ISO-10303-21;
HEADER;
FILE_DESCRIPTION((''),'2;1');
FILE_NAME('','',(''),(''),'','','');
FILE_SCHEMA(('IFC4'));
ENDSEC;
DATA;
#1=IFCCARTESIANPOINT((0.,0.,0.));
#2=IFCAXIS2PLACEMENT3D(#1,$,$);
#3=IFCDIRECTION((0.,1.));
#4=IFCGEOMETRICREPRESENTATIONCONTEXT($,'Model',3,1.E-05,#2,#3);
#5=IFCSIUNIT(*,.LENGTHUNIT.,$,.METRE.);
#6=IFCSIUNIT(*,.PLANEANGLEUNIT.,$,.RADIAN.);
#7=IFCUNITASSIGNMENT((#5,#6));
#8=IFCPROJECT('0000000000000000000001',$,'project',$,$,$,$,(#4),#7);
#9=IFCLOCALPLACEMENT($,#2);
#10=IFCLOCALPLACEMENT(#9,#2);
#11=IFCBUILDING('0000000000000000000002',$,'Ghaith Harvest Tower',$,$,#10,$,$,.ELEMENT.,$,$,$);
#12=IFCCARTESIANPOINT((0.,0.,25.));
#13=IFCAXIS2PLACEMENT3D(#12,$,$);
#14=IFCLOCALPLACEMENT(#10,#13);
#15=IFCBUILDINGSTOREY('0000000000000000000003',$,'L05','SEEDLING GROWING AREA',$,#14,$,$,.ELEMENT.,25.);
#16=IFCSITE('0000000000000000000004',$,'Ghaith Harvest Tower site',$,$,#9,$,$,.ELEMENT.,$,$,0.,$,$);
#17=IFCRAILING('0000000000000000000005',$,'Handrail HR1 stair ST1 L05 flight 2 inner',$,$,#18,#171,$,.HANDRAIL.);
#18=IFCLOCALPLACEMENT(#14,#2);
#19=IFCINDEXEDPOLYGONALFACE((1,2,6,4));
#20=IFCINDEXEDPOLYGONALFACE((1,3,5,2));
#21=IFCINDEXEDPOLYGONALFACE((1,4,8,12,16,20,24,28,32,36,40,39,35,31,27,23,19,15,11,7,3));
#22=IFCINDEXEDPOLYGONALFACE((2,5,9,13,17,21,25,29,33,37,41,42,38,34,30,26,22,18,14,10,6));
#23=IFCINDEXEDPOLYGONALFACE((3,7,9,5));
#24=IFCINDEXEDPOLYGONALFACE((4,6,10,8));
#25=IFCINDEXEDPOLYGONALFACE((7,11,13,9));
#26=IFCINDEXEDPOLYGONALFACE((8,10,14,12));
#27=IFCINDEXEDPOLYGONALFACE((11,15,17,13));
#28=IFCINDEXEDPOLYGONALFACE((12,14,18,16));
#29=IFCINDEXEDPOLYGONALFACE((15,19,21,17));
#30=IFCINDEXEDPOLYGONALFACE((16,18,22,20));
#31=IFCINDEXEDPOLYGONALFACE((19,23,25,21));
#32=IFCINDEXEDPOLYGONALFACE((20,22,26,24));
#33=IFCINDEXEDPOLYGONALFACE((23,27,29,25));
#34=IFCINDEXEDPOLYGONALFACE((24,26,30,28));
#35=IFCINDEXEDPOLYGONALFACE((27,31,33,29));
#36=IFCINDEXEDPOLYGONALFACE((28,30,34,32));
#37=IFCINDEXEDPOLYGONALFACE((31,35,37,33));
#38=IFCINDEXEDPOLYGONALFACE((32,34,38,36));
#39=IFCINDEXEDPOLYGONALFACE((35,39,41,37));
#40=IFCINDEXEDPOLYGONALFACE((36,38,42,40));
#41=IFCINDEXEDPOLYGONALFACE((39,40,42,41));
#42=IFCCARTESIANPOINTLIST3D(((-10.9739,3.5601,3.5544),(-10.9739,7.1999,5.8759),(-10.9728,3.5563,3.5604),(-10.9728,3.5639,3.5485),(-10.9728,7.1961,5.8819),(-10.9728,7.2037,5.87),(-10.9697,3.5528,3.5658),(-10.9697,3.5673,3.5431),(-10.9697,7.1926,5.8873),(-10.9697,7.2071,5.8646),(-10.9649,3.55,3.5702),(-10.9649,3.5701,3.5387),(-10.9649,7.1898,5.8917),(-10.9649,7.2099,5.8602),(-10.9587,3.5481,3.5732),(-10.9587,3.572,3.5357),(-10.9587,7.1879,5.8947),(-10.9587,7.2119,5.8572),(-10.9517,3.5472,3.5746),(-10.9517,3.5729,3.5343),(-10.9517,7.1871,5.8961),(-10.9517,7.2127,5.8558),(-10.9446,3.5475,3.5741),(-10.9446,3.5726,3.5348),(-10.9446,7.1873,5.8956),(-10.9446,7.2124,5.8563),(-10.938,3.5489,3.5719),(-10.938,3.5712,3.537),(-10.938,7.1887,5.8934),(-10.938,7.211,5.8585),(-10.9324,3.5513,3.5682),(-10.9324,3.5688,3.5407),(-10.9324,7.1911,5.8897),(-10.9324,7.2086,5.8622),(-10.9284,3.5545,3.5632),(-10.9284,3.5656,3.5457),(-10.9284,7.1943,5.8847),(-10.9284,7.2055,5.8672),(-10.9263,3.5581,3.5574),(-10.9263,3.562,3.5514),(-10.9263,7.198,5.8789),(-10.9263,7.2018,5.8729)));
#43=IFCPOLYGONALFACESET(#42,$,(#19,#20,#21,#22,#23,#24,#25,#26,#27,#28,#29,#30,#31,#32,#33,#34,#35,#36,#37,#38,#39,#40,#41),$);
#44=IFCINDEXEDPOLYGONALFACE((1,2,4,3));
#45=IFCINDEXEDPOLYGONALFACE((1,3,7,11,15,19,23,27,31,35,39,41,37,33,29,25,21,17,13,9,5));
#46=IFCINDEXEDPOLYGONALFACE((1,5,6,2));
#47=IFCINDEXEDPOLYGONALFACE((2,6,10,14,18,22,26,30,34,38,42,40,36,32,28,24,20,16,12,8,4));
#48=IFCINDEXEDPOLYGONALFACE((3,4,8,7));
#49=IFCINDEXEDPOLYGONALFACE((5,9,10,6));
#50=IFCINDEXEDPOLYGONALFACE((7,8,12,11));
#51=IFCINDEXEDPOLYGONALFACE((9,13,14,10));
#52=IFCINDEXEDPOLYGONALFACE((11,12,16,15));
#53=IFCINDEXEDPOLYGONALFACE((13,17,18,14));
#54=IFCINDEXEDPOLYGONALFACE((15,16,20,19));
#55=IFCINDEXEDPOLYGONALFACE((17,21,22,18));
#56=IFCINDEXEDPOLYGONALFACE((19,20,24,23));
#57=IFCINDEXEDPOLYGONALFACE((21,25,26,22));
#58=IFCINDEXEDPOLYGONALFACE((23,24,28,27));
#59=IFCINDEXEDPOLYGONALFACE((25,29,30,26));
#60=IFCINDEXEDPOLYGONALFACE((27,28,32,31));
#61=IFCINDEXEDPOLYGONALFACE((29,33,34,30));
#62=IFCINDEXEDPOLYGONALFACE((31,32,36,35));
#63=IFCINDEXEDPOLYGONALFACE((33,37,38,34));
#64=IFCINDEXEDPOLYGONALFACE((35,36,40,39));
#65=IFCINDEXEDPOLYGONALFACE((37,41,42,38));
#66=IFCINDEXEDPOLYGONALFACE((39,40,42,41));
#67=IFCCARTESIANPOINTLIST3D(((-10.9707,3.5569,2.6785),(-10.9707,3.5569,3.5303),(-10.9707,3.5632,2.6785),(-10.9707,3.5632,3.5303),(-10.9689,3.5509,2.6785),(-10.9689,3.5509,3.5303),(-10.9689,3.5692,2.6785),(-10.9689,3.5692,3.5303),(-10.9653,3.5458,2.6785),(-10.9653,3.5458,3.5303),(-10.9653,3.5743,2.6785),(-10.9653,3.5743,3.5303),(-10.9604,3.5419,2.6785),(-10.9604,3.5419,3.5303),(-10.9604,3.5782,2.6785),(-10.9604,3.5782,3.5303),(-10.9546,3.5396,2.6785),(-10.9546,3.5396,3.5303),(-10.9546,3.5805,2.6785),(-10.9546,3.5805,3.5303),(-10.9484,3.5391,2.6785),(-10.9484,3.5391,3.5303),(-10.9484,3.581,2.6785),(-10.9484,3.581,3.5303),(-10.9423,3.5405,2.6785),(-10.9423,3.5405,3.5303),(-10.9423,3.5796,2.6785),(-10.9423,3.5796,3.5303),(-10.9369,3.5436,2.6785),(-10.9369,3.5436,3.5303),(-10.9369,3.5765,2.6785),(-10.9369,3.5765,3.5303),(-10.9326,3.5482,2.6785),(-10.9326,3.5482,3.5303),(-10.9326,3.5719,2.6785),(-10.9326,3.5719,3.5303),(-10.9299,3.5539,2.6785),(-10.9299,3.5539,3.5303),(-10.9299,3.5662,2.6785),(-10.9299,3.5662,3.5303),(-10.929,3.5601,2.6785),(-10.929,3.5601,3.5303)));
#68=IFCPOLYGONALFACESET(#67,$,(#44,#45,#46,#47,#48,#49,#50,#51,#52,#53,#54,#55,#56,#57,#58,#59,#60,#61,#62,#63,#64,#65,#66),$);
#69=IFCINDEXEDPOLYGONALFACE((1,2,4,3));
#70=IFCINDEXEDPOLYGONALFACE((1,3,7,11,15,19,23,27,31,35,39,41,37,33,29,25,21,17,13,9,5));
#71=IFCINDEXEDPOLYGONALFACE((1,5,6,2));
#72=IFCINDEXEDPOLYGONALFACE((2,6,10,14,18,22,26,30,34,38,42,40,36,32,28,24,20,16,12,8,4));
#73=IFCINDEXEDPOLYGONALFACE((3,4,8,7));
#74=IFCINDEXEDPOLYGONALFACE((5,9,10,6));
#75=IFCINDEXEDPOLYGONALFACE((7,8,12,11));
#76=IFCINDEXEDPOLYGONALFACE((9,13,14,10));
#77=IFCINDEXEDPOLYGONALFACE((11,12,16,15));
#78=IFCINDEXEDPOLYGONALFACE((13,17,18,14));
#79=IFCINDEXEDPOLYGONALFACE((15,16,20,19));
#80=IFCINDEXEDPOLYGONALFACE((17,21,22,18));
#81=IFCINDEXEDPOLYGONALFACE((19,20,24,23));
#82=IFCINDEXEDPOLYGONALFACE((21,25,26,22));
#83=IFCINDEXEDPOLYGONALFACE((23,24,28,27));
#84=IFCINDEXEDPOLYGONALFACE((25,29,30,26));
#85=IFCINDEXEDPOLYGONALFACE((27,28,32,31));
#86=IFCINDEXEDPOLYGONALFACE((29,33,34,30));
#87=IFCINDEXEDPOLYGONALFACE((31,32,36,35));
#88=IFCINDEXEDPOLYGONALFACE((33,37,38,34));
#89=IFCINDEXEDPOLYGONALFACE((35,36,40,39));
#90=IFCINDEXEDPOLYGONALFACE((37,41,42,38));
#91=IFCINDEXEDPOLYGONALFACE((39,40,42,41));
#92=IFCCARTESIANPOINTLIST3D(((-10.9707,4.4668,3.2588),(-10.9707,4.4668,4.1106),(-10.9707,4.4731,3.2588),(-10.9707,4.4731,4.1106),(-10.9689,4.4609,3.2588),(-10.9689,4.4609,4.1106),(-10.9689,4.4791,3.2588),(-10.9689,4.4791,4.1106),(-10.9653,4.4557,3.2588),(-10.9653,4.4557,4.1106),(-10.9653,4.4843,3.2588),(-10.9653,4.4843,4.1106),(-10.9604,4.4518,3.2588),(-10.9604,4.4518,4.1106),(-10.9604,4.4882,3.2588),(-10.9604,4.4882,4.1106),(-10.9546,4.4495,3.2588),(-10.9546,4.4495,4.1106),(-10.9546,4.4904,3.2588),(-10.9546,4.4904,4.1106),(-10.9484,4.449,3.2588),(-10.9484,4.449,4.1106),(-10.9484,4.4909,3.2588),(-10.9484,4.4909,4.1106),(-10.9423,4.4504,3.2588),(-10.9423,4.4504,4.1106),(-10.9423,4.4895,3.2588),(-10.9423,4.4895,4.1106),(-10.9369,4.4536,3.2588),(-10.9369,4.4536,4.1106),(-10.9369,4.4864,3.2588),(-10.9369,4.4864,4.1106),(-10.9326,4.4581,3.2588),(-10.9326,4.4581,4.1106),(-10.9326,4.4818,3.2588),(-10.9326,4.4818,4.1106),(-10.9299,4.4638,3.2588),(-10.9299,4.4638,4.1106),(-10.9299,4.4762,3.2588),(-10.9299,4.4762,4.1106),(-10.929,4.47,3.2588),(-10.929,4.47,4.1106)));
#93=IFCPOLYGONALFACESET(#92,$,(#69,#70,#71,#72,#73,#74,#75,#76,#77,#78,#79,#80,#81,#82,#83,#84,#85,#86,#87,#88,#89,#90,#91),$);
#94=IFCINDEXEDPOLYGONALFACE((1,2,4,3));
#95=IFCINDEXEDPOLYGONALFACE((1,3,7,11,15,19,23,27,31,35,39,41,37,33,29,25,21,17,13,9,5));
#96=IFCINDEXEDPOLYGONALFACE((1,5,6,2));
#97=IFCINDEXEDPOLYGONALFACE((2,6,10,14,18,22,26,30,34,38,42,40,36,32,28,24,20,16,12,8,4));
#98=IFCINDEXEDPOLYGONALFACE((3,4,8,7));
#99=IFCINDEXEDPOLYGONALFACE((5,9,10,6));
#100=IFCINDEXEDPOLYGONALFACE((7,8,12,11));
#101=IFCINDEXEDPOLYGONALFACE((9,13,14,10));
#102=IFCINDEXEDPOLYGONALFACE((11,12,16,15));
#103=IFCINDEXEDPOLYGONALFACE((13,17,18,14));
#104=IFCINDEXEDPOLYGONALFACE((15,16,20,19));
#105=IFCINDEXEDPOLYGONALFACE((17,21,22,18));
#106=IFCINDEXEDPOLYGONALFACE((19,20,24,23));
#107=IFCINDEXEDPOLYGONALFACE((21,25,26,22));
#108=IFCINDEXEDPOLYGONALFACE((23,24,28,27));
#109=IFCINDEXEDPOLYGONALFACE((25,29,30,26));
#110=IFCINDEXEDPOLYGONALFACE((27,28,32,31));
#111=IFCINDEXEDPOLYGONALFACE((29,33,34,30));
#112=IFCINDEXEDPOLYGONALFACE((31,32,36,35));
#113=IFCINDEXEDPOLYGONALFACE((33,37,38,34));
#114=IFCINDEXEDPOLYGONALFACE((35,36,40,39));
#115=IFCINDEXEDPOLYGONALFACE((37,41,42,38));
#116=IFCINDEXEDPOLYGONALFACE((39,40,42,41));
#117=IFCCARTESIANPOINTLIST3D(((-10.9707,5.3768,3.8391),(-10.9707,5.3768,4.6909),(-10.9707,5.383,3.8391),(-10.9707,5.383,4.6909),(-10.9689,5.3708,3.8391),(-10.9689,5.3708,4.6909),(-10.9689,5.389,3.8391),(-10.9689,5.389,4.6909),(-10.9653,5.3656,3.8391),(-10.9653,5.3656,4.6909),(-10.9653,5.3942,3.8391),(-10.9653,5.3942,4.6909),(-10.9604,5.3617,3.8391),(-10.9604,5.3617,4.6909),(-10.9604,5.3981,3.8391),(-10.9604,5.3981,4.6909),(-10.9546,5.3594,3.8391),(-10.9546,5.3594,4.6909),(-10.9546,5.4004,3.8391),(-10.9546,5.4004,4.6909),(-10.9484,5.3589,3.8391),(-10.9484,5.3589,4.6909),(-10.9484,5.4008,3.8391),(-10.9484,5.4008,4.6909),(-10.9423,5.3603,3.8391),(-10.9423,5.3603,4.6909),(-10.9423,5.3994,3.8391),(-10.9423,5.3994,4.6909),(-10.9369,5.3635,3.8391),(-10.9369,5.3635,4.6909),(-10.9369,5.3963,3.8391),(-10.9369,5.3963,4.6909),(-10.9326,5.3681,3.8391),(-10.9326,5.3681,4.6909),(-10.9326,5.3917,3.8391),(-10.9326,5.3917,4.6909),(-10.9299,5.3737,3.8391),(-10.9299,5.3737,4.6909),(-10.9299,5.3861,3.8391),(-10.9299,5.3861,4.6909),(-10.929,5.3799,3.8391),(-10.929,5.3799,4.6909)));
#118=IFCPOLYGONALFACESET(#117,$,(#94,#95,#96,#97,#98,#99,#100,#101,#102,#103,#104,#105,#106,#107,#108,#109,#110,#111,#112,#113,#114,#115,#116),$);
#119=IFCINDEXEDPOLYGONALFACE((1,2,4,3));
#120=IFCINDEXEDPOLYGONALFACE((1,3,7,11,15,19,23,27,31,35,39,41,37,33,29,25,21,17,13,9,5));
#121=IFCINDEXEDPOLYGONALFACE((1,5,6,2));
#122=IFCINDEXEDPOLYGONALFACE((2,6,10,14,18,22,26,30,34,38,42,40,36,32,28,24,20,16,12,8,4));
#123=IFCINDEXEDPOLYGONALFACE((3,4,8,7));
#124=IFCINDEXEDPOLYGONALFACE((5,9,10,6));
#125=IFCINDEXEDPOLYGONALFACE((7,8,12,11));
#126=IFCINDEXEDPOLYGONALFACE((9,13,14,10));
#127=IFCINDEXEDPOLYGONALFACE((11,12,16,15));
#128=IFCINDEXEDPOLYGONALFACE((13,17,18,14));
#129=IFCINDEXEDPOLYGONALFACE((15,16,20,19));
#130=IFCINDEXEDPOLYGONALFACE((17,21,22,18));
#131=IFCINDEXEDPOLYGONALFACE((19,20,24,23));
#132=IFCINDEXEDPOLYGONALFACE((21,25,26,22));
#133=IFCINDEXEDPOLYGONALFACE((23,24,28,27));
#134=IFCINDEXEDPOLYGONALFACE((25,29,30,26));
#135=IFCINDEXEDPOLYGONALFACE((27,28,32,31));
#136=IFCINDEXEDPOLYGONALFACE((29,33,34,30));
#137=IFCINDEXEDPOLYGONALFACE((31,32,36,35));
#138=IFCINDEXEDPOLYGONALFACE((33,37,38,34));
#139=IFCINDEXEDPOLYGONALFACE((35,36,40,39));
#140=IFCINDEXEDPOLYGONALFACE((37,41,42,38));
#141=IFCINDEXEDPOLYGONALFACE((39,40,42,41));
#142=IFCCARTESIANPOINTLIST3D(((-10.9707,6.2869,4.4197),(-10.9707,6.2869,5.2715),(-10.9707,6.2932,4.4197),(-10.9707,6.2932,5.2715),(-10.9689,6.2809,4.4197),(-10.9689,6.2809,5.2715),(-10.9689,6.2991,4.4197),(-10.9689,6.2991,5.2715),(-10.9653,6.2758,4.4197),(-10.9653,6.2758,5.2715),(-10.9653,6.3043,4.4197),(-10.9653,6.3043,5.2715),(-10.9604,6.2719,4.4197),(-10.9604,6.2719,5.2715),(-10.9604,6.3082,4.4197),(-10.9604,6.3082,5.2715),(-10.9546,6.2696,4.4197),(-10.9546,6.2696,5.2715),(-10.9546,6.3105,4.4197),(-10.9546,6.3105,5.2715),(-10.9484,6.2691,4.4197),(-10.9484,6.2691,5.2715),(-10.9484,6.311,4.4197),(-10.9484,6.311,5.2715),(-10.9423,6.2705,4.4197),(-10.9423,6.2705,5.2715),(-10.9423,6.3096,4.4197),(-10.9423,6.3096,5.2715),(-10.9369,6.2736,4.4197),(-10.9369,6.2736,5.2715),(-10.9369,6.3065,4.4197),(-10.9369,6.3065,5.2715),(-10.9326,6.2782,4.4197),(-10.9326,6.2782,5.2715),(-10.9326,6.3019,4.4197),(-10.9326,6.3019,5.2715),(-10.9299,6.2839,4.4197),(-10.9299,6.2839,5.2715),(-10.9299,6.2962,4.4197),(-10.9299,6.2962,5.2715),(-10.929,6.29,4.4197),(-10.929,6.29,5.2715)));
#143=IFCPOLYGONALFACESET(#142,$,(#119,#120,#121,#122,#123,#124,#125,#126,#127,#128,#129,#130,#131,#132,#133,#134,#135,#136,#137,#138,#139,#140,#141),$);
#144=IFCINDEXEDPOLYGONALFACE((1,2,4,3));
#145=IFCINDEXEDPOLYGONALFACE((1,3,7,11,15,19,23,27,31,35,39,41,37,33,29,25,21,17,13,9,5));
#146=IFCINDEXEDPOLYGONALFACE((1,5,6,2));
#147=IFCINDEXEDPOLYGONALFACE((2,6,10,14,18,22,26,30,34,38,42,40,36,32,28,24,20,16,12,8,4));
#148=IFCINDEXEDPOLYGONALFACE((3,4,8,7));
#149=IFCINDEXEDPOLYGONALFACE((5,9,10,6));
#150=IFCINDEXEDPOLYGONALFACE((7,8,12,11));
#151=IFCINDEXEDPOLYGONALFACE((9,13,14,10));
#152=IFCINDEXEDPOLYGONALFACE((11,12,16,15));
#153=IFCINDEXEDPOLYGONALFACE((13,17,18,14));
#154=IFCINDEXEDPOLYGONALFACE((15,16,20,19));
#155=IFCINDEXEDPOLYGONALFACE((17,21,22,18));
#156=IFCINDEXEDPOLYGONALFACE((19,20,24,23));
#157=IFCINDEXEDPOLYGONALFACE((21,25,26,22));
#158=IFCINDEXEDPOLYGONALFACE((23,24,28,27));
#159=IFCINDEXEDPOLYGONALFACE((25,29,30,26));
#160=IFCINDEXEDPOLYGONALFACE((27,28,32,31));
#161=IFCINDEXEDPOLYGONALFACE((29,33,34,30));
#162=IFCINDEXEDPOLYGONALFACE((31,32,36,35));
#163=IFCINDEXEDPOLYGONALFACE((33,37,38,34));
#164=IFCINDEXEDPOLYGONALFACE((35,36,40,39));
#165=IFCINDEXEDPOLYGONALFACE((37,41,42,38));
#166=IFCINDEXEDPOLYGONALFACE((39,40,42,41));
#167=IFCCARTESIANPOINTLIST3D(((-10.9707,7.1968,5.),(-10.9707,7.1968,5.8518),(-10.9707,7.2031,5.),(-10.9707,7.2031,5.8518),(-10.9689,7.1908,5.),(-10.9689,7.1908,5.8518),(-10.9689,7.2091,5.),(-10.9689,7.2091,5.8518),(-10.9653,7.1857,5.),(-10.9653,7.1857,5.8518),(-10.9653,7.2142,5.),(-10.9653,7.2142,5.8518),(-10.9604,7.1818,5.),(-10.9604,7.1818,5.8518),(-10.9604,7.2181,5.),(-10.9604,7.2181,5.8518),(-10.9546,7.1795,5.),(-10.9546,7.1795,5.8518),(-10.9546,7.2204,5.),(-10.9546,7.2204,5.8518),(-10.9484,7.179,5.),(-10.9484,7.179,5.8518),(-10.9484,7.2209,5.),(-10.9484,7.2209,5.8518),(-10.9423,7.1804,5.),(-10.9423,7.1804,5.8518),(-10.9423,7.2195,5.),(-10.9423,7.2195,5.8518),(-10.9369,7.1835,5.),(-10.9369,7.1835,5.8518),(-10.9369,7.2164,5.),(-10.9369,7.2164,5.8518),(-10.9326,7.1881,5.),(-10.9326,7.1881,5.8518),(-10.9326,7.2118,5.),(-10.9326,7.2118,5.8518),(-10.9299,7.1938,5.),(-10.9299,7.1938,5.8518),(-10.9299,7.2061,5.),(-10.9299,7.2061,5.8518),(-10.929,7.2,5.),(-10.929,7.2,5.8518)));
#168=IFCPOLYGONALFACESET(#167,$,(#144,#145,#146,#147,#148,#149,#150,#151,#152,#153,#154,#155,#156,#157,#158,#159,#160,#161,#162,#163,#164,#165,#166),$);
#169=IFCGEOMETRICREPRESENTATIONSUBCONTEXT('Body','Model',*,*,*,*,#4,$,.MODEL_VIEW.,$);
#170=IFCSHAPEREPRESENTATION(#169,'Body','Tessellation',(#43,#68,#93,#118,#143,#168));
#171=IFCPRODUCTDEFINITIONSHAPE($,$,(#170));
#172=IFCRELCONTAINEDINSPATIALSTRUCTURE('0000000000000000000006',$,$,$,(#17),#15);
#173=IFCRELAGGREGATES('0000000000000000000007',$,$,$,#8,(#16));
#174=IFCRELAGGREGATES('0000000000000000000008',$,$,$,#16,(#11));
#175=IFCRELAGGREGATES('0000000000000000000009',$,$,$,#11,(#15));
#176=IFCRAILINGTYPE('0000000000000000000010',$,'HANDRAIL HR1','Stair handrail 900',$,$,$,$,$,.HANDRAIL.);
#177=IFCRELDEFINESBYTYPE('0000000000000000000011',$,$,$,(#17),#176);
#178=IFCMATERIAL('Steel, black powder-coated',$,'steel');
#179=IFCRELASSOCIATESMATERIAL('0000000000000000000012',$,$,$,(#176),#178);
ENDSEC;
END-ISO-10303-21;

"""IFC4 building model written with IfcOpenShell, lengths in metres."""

from ifc_helpers import new_model, si_unit, direction, frame, origin, origin_2d, place, context, subcontext, project, spatial, circle, extrude, material, type_object, element, save


model = new_model("IFC4")

# Units and contexts
model_context = context("Model", 3, precision=1e-05, world=origin(), true_north=direction((0.0, 1.0)))
body_context = subcontext(model_context, "Body", "Model", "MODEL_VIEW")
ifc_project = project(units=[si_unit("LENGTHUNIT", "METRE"), si_unit("PLANEANGLEUNIT", "RADIAN")], contexts=[model_context])

# Site, building, storey
site_placement = place(None, origin())
site = spatial("IfcSite", under=ifc_project, at=site_placement, Name="Ghaith Harvest Tower site", CompositionType="ELEMENT", RefElevation=0.0)
building_placement = place(site_placement, origin())
building = spatial("IfcBuilding", under=site, at=building_placement, Name="Ghaith Harvest Tower", CompositionType="ELEMENT")
storey_placement = place(building_placement, frame((0.0, 0.0, 25.0)))
storey = spatial("IfcBuildingStorey", under=building, at=storey_placement, Name="L05", Description="SEEDLING GROWING AREA", CompositionType="ELEMENT", Elevation=25.0)

# Railing
ifc_material_1 = material(Name="Steel, black powder-coated", Category="steel")
railing_type = type_object("IfcRailingType", Name="HANDRAIL HR1", Description="Stair handrail 900", PredefinedType="HANDRAIL", material=ifc_material_1)
railing_1_placement = place(storey_placement, frame((-10.95, 3.5601, 2.6785)))
element("IfcRailing", 1, at=railing_1_placement, inside=storey, type_object=railing_type, Name="Handrail HR1 stair ST1 L05 flight 2 inner", PredefinedType="HANDRAIL", context=body_context, shape_type="SweptSolid", body=[
    extrude(circle(Radius=0.0239, at=origin_2d()), frame((0.0, 0.0, 0.876), z_axis=(0.0, 0.843112, 0.537739), x_axis=(-1.0, 0.0, 0.0)), (0.0, 0.0, 1.0), 4.3171),
    extrude(circle(Radius=0.021, at=origin_2d()), origin(), (0.0, 0.0, 1.0), 0.8518),
    extrude(circle(Radius=0.021, at=origin_2d()), frame((0.0, 0.9099, 0.5803)), (0.0, 0.0, 1.0), 0.8518),
    extrude(circle(Radius=0.021, at=origin_2d()), frame((0.0, 1.8198, 1.1606)), (0.0, 0.0, 1.0), 0.8518),
    extrude(circle(Radius=0.021, at=origin_2d()), frame((0.0, 2.73, 1.7412)), (0.0, 0.0, 1.0), 0.8518),
    extrude(circle(Radius=0.021, at=origin_2d()), frame((0.0, 3.6399, 2.3215)), (0.0, 0.0, 1.0), 0.8518),
])

save(model, "model.ifc")
